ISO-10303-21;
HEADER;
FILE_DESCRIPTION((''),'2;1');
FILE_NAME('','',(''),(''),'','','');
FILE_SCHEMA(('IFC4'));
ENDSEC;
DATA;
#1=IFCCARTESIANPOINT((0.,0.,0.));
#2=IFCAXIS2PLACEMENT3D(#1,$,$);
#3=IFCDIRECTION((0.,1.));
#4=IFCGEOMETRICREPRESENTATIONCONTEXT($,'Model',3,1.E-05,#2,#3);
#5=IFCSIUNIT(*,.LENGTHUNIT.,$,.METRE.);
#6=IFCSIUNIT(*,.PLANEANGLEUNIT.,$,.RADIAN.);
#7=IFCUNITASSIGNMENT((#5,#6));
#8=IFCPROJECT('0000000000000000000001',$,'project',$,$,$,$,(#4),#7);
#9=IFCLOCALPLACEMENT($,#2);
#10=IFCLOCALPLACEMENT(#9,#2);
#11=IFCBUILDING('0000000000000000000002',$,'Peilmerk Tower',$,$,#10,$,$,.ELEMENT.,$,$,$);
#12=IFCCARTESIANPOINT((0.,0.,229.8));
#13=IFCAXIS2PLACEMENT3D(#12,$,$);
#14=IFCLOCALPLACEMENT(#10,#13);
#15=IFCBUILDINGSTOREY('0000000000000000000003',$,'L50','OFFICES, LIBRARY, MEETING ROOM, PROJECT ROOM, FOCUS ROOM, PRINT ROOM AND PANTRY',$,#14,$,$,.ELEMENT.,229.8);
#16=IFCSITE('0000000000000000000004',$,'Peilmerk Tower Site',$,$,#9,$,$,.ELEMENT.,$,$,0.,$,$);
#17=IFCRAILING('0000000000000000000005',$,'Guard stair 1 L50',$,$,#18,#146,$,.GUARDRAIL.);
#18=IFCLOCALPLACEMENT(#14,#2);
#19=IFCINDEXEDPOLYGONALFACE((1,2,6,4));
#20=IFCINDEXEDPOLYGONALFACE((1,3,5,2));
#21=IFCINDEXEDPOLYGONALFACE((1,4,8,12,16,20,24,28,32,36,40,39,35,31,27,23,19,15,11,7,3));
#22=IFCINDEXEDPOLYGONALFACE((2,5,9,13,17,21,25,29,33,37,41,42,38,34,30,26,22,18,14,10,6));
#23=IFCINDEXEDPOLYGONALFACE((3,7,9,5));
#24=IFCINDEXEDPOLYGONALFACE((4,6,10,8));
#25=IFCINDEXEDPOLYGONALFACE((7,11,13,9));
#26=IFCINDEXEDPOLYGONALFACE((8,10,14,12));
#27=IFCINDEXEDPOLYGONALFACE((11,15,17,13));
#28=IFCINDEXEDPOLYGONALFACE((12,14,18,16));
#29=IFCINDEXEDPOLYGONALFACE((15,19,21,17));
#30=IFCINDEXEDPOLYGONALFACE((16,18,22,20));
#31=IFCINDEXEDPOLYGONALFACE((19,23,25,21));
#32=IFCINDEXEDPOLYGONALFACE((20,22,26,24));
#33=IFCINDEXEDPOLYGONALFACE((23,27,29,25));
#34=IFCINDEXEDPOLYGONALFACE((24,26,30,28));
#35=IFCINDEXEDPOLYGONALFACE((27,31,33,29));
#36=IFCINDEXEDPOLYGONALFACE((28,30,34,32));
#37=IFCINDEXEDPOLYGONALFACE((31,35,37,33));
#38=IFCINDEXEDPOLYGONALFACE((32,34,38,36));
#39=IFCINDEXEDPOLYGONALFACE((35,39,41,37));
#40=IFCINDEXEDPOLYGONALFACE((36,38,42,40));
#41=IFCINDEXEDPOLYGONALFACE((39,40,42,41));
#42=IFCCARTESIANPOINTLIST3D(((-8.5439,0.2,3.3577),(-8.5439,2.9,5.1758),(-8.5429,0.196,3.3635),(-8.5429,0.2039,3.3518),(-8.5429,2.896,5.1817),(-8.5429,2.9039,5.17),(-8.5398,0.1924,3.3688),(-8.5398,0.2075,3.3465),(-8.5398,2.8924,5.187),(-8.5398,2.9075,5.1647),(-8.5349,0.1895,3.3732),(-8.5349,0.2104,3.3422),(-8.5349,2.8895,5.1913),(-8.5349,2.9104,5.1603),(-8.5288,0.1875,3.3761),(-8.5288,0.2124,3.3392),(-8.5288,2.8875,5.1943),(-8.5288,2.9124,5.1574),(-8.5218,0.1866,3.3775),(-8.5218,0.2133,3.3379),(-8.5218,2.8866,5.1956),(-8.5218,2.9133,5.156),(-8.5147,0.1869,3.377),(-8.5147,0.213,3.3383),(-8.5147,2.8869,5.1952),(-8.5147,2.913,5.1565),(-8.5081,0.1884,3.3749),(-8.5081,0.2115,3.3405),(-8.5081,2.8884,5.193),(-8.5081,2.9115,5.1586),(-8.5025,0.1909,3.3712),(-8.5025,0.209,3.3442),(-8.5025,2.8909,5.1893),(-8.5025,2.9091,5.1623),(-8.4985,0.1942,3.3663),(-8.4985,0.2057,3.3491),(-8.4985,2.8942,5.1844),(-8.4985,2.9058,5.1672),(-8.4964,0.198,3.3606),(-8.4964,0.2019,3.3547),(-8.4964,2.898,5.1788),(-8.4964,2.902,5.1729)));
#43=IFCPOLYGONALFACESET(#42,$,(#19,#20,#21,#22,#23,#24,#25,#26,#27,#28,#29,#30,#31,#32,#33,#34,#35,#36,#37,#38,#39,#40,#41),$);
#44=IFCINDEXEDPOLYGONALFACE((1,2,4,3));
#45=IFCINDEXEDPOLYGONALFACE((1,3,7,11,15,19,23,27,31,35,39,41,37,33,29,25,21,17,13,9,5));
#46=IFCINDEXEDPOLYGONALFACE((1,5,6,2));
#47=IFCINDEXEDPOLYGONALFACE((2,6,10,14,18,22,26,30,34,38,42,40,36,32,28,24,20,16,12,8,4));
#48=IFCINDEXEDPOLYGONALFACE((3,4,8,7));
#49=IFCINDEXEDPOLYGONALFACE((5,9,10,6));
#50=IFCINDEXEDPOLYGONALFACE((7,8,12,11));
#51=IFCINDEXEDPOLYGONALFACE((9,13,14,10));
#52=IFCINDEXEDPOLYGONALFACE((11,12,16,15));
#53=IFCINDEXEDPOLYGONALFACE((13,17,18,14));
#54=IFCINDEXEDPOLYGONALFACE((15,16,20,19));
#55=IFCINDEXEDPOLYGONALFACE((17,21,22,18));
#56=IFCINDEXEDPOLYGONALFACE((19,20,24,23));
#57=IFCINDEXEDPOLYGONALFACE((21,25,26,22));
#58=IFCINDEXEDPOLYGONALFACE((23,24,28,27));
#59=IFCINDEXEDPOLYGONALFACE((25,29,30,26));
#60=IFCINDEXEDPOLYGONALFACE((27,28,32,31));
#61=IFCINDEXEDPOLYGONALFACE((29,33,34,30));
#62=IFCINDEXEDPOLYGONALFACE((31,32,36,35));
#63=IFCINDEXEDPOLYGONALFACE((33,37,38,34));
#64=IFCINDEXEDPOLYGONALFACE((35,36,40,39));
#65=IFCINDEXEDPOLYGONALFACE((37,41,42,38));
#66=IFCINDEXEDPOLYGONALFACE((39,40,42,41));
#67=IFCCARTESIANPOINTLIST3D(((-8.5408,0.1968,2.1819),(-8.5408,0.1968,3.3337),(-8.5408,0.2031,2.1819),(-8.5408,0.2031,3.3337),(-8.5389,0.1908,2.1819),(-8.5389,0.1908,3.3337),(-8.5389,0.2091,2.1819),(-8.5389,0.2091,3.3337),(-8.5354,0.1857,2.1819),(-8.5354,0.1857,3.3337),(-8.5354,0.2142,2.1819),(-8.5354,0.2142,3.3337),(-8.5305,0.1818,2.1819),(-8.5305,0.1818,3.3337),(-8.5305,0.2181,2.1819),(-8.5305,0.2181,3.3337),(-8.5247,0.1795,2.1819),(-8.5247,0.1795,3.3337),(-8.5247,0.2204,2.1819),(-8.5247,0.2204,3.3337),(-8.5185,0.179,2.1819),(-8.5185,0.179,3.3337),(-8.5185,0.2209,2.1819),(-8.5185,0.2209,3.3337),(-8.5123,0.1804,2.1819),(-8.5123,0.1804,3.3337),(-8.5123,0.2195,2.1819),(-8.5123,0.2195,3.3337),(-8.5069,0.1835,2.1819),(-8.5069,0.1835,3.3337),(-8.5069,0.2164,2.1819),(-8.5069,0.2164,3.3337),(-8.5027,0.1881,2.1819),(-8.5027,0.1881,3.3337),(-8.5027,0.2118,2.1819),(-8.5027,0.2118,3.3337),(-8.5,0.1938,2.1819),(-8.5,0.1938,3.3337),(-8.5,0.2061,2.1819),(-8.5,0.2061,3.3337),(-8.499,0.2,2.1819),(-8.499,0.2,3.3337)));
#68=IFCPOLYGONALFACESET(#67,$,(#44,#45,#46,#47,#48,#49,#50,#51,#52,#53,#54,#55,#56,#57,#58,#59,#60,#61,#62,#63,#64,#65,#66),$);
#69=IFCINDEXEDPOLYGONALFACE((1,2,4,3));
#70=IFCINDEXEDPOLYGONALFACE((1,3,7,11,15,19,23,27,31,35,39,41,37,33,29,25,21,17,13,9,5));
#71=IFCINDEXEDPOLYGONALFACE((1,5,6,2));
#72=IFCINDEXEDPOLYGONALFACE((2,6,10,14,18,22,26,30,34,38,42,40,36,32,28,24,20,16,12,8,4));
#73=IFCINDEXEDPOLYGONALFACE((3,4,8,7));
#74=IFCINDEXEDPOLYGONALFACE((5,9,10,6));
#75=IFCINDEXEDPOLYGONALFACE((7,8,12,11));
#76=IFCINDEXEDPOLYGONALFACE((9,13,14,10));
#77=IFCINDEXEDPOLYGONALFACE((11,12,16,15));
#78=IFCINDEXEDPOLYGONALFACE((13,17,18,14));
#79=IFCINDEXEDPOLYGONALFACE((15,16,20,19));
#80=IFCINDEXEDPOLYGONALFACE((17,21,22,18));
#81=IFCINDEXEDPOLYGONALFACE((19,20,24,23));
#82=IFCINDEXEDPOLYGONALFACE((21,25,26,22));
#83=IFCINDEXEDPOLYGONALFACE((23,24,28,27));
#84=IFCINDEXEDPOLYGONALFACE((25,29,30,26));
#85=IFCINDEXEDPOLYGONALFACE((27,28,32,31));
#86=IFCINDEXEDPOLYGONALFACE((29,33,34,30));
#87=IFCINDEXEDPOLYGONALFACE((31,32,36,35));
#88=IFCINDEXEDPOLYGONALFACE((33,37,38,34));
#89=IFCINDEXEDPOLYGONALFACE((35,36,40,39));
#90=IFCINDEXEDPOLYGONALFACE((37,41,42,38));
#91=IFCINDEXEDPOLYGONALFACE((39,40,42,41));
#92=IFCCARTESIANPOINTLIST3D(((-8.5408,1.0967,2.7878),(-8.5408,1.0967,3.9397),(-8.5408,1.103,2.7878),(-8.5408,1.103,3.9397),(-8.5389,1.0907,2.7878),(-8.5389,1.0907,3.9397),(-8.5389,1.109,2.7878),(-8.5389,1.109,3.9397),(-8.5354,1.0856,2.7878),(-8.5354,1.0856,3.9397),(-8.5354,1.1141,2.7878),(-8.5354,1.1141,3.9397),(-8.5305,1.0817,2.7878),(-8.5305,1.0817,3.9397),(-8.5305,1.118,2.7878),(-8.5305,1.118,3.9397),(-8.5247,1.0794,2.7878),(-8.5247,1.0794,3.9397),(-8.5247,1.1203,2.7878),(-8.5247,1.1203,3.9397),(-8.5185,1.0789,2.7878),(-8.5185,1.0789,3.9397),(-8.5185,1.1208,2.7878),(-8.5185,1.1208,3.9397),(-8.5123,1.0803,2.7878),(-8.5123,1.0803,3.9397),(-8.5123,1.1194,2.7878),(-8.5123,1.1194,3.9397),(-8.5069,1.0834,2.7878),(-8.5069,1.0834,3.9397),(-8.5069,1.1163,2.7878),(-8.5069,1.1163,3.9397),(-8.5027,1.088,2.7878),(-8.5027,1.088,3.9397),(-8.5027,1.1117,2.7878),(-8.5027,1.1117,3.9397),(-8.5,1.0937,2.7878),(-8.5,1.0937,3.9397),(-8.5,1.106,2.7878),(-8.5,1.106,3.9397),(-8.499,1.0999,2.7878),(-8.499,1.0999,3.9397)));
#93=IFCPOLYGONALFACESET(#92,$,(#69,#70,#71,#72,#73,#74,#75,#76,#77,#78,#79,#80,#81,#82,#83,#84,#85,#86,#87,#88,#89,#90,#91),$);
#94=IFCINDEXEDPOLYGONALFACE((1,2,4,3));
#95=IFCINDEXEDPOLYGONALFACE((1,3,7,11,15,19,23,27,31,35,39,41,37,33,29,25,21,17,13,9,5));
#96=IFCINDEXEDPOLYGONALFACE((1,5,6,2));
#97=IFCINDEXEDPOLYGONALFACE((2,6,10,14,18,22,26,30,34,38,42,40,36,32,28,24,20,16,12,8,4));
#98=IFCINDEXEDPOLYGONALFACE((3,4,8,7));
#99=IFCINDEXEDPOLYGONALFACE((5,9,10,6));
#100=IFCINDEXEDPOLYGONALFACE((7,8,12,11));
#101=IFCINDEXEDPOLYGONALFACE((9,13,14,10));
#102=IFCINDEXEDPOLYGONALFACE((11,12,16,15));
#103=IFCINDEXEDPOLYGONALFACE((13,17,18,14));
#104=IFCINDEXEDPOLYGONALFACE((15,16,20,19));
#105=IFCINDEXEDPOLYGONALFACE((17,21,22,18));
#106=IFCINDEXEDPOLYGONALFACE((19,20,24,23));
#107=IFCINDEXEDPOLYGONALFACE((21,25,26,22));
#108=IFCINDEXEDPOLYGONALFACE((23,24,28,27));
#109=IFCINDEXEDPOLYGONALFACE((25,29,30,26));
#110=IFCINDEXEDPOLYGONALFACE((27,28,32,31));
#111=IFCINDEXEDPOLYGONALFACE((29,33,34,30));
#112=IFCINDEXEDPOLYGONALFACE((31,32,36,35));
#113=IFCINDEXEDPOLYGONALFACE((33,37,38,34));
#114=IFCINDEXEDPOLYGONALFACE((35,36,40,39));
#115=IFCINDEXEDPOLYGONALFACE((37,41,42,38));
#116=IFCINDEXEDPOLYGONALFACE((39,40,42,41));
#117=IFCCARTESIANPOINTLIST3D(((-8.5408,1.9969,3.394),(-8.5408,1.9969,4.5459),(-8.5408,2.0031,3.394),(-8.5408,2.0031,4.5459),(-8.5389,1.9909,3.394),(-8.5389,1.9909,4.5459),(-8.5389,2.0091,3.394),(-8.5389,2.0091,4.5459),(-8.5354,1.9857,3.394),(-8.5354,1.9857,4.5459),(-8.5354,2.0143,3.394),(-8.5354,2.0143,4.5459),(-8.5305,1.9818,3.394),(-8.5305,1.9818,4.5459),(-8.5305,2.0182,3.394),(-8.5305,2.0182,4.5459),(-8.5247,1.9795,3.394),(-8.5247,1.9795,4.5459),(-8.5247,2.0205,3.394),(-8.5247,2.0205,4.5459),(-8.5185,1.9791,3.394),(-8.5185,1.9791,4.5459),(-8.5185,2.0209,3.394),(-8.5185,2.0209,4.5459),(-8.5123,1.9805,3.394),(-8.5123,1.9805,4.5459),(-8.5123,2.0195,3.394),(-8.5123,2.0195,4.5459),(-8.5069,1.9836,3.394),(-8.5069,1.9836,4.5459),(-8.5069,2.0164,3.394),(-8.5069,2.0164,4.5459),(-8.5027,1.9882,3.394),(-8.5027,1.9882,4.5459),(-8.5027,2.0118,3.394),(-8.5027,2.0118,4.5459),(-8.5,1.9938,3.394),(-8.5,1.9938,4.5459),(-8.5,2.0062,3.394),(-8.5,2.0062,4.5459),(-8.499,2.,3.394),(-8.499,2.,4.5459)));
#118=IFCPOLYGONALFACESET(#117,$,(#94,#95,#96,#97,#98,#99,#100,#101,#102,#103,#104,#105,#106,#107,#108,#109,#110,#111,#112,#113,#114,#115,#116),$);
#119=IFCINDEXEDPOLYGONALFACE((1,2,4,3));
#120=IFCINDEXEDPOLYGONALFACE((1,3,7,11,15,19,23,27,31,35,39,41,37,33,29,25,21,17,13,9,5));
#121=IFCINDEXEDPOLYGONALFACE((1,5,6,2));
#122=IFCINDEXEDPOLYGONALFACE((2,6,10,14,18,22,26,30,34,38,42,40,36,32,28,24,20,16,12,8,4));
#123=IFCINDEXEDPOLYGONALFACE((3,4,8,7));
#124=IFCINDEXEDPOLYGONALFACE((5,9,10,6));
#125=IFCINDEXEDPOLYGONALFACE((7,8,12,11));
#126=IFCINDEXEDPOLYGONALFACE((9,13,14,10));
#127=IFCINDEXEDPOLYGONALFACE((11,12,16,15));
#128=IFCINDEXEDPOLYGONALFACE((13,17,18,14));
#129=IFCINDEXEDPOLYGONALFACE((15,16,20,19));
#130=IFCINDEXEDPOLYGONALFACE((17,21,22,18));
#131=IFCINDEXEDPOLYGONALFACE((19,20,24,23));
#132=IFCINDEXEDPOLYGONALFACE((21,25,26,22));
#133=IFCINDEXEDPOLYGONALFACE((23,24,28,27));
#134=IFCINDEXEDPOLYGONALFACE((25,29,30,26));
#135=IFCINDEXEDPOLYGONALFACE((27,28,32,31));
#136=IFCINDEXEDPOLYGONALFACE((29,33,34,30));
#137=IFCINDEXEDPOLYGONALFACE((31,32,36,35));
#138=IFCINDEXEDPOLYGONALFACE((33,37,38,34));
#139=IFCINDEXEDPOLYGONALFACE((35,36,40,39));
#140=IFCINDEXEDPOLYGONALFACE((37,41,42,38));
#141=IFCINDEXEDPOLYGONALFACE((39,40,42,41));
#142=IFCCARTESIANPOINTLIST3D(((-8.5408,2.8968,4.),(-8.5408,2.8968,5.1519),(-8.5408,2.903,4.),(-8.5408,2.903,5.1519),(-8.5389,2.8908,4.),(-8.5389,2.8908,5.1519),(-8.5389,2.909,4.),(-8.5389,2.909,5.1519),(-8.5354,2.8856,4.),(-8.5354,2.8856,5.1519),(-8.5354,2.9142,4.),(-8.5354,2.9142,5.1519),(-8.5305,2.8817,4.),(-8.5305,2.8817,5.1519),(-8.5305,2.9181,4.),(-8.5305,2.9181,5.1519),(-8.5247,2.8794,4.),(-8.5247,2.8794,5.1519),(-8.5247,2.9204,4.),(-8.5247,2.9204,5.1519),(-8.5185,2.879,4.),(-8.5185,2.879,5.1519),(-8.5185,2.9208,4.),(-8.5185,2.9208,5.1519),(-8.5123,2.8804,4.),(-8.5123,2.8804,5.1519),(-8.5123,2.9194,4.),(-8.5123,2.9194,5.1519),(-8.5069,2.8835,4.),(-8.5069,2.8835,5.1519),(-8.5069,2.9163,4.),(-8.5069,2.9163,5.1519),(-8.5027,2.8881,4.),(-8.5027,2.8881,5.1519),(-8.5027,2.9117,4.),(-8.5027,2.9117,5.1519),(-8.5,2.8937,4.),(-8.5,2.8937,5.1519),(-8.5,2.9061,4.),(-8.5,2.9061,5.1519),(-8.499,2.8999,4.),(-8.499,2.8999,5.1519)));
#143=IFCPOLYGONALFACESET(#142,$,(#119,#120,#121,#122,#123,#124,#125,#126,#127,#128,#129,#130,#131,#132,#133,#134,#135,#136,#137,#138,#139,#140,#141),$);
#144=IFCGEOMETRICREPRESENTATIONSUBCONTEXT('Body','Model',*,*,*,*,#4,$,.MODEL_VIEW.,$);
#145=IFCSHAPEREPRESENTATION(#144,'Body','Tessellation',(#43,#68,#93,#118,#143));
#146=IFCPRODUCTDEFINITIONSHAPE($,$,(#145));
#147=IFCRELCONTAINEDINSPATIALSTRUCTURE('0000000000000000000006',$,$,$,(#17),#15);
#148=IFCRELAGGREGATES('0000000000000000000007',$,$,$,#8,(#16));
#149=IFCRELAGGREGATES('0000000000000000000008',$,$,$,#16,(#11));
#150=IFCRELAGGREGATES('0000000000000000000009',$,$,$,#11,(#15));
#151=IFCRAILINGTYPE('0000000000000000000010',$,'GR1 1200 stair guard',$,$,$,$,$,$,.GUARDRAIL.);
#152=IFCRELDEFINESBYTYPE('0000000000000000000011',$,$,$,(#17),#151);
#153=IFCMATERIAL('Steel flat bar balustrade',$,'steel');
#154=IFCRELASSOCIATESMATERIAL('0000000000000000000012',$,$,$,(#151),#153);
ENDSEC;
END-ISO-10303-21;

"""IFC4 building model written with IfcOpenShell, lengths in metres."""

from ifc_helpers import new_model, si_unit, direction, frame, origin, origin_2d, place, context, subcontext, project, spatial, circle, extrude, material, type_object, element, save


model = new_model("IFC4")

# Units and contexts
model_context = context("Model", 3, precision=1e-05, world=origin(), true_north=direction((0.0, 1.0)))
body_context = subcontext(model_context, "Body", "Model", "MODEL_VIEW")
ifc_project = project(units=[si_unit("LENGTHUNIT", "METRE"), si_unit("PLANEANGLEUNIT", "RADIAN")], contexts=[model_context])

# Site, building, storey
site_placement = place(None, origin())
site = spatial("IfcSite", under=ifc_project, at=site_placement, Name="Peilmerk Tower Site", CompositionType="ELEMENT", RefElevation=0.0)
building_placement = place(site_placement, origin())
building = spatial("IfcBuilding", under=site, at=building_placement, Name="Peilmerk Tower", CompositionType="ELEMENT")
storey_placement = place(building_placement, frame((0.0, 0.0, 229.8)))
storey = spatial("IfcBuildingStorey", under=building, at=storey_placement, Name="L50", Description="OFFICES, LIBRARY, MEETING ROOM, PROJECT ROOM, FOCUS ROOM, PRINT ROOM AND PANTRY", CompositionType="ELEMENT", Elevation=229.8)

# Railing
ifc_material_1 = material(Name="Steel flat bar balustrade", Category="steel")
railing_type_1 = type_object("IfcRailingType", Name="GR1 1200 stair guard", PredefinedType="GUARDRAIL", material=ifc_material_1)
railing_1_placement = place(storey_placement, frame((-8.52, 0.2, 2.1819)))
element("IfcRailing", 1, at=railing_1_placement, inside=storey, type_object=railing_type_1, Name="Guard stair 1 L50", PredefinedType="GUARDRAIL", context=body_context, shape_type="SweptSolid", body=[
    extrude(circle(Radius=0.0239, at=origin_2d()), frame((0.0, 0.0, 1.1758), z_axis=(0.0, 0.829468, 0.558554), x_axis=(-1.0, 0.0, 0.0)), (0.0, 0.0, 1.0), 3.2551),
    extrude(circle(Radius=0.021, at=origin_2d()), origin(), (0.0, 0.0, 1.0), 1.1519),
    extrude(circle(Radius=0.021, at=origin_2d()), frame((0.0, 0.8999, 0.606)), (0.0, 0.0, 1.0), 1.1519),
    extrude(circle(Radius=0.021, at=origin_2d()), frame((0.0, 1.8, 1.2122)), (0.0, 0.0, 1.0), 1.1519),
    extrude(circle(Radius=0.021, at=origin_2d()), frame((0.0, 2.7, 1.8181)), (0.0, 0.0, 1.0), 1.1519),
])

save(model, "model.ifc")
